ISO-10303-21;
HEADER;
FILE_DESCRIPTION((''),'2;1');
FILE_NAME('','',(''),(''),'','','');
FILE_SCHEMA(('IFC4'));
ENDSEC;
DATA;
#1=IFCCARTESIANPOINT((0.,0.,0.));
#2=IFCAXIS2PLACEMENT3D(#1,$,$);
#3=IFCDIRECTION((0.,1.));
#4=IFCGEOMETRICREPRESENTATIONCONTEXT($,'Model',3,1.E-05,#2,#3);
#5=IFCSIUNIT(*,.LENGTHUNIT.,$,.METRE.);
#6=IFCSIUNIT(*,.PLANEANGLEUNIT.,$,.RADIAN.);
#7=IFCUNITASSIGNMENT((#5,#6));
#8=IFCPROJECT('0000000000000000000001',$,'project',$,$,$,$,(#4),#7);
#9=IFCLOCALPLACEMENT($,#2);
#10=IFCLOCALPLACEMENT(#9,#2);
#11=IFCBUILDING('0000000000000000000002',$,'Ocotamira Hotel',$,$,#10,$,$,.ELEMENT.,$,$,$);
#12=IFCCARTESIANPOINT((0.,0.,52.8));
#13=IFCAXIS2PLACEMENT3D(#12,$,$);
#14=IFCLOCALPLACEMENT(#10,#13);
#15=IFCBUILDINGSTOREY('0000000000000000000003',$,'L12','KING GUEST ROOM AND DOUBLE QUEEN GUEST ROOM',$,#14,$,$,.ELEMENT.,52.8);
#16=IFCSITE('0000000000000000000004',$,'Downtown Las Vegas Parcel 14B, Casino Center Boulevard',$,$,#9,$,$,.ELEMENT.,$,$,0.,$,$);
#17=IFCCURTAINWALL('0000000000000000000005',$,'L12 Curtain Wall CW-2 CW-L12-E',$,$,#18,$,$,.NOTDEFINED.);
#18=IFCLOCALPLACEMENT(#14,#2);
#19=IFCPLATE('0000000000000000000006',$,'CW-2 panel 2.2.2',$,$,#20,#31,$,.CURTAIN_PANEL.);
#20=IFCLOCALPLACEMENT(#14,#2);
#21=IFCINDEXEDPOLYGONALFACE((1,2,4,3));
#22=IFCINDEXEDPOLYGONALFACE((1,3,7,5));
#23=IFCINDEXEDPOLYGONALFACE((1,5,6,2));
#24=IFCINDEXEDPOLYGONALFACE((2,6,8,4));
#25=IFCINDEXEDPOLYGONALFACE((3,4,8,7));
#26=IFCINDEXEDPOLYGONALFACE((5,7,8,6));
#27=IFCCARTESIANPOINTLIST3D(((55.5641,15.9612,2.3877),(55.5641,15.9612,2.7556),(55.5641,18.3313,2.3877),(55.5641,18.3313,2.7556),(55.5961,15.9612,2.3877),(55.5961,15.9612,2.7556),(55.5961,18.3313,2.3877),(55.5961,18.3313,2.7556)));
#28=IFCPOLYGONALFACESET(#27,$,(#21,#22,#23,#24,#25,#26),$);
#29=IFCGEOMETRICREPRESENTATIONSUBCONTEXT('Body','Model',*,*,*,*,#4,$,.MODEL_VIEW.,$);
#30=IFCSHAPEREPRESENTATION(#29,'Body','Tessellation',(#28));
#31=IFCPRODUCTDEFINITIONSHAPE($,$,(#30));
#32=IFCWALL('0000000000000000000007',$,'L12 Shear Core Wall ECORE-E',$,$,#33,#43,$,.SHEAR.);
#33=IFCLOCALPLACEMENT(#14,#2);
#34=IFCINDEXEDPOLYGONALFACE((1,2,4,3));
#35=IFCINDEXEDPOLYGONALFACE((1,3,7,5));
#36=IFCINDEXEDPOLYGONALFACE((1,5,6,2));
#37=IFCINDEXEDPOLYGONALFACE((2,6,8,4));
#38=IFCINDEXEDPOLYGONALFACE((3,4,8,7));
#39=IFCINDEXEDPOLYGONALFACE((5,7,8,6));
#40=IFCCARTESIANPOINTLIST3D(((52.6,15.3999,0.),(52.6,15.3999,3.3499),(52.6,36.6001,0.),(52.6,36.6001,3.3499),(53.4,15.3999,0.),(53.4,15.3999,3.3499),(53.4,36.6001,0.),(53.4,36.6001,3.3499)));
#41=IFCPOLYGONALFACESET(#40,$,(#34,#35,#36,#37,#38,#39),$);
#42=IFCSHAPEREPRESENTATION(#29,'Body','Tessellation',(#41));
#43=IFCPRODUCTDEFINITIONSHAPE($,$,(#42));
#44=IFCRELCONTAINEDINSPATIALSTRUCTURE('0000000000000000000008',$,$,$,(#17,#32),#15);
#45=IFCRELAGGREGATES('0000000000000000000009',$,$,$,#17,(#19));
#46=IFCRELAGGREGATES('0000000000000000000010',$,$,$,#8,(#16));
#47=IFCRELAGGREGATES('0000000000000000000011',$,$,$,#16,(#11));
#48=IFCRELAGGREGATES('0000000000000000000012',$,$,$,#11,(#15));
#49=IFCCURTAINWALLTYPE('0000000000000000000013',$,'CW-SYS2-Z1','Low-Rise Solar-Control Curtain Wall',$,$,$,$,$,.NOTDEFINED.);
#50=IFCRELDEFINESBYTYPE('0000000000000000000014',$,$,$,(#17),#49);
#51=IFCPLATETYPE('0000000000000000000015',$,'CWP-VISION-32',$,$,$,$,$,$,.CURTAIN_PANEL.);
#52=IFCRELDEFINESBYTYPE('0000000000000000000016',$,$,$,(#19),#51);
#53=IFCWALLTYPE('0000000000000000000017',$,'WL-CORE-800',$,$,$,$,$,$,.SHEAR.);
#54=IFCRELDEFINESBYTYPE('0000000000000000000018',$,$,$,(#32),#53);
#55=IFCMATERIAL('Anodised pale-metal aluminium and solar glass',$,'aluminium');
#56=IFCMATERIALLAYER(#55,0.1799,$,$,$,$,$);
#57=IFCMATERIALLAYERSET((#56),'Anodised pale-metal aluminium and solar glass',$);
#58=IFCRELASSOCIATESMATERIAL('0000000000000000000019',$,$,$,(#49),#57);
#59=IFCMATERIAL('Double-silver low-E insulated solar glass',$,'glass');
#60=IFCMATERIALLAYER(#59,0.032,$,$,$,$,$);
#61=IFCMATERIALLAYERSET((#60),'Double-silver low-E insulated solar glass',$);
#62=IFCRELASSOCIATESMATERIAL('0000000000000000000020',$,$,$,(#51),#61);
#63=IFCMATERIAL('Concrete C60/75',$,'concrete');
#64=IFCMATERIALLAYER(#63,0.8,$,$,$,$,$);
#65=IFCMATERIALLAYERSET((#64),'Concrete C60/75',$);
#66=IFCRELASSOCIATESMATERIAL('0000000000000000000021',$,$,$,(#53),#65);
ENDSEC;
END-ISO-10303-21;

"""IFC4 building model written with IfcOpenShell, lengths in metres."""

from ifc_helpers import new_model, si_unit, direction, frame, frame_2d, origin, origin_2d, place, context, subcontext, project, spatial, rectangle, extrude, source, transform, mapped, material, layer, layer_set, type_object, element, aggregate, save


model = new_model("IFC4")

# Units and contexts
model_context = context("Model", 3, precision=1e-05, world=origin(), true_north=direction((0.0, 1.0)))
body_context = subcontext(model_context, "Body", "Model", "MODEL_VIEW")
ifc_project = project(units=[si_unit("LENGTHUNIT", "METRE"), si_unit("PLANEANGLEUNIT", "RADIAN")], contexts=[model_context])

# Site, building, storey
site_placement = place(None, origin())
site = spatial("IfcSite", under=ifc_project, at=site_placement, Name="Downtown Las Vegas Parcel 14B, Casino Center Boulevard", CompositionType="ELEMENT", RefElevation=0.0)
building_placement = place(site_placement, origin())
building = spatial("IfcBuilding", under=site, at=building_placement, Name="Ocotamira Hotel", CompositionType="ELEMENT")
storey_placement = place(building_placement, frame((0.0, 0.0, 52.8)))
storey = spatial("IfcBuildingStorey", under=building, at=storey_placement, Name="L12", Description="KING GUEST ROOM AND DOUBLE QUEEN GUEST ROOM", CompositionType="ELEMENT", Elevation=52.8)

# Curtain wall
ifc_material_1 = material(Name="Anodised pale-metal aluminium and solar glass", Category="aluminium")
ifc_layer_1 = layer(ifc_material_1, 0.1799)
ifc_layer_set_1 = layer_set([ifc_layer_1], Name="Anodised pale-metal aluminium and solar glass")
curtain_wall_type = type_object("IfcCurtainWallType", Name="CW-SYS2-Z1", Description="Low-Rise Solar-Control Curtain Wall", PredefinedType="NOTDEFINED", material=ifc_layer_set_1)
curtain_wall_placement = place(storey_placement, origin())
curtain_wall = element("IfcCurtainWall", 1, at=curtain_wall_placement, inside=storey, type_object=curtain_wall_type, Name="L12 Curtain Wall CW-2 CW-L12-E", PredefinedType="NOTDEFINED")

# Plate
ifc_material_2 = material(Name="Double-silver low-E insulated solar glass", Category="glass")
ifc_layer_2 = layer(ifc_material_2, 0.032)
ifc_layer_set_2 = layer_set([ifc_layer_2], Name="Double-silver low-E insulated solar glass")
plate_type_1 = type_object("IfcPlateType", Name="CWP-VISION-32", PredefinedType="CURTAIN_PANEL", material=ifc_layer_set_2)
shared_shape_1 = source(origin(), body_context, "Body", "SweptSolid", [
    extrude(rectangle(XDim=2.3701, YDim=0.032, at=origin_2d()), origin(), (0.0, 0.0, 1.0), 0.3679),
])
plate_1_placement = place(storey_placement, frame((55.5801, 17.1462, 2.3877), z_axis=(0.0, 0.0, 1.0), x_axis=(0.0, 1.0, 0.0)))
plate_1 = element("IfcPlate", 2, at=plate_1_placement, type_object=plate_type_1, Name="CW-2 panel 2.2.2", PredefinedType="CURTAIN_PANEL", context=body_context, shape_type="MappedRepresentation", body=[
    mapped(shared_shape_1, transform((0.0, 0.0, 0.0), scale=1.0)),
])
aggregate(curtain_wall, [plate_1])

# Wall
ifc_material_3 = material(Name="Concrete C60/75", Category="concrete")
ifc_layer_3 = layer(ifc_material_3, 0.8)
ifc_layer_set_3 = layer_set([ifc_layer_3], Name="Concrete C60/75")
wall_type = type_object("IfcWallType", Name="WL-CORE-800", PredefinedType="SHEAR", material=ifc_layer_set_3)
wall_placement = place(storey_placement, frame((53.0, 15.3999, 0.0), z_axis=(0.0, 0.0, 1.0), x_axis=(0.0, 1.0, 0.0)))
element("IfcWall", 3, at=wall_placement, inside=storey, type_object=wall_type, Name="L12 Shear Core Wall ECORE-E", PredefinedType="SHEAR", context=body_context, shape_type="SweptSolid", body=[
    extrude(rectangle(XDim=21.2002, YDim=0.8, at=frame_2d((10.6001, 0.0))), origin(), (0.0, 0.0, 1.0), 3.3499),
])

save(model, "model.ifc")
